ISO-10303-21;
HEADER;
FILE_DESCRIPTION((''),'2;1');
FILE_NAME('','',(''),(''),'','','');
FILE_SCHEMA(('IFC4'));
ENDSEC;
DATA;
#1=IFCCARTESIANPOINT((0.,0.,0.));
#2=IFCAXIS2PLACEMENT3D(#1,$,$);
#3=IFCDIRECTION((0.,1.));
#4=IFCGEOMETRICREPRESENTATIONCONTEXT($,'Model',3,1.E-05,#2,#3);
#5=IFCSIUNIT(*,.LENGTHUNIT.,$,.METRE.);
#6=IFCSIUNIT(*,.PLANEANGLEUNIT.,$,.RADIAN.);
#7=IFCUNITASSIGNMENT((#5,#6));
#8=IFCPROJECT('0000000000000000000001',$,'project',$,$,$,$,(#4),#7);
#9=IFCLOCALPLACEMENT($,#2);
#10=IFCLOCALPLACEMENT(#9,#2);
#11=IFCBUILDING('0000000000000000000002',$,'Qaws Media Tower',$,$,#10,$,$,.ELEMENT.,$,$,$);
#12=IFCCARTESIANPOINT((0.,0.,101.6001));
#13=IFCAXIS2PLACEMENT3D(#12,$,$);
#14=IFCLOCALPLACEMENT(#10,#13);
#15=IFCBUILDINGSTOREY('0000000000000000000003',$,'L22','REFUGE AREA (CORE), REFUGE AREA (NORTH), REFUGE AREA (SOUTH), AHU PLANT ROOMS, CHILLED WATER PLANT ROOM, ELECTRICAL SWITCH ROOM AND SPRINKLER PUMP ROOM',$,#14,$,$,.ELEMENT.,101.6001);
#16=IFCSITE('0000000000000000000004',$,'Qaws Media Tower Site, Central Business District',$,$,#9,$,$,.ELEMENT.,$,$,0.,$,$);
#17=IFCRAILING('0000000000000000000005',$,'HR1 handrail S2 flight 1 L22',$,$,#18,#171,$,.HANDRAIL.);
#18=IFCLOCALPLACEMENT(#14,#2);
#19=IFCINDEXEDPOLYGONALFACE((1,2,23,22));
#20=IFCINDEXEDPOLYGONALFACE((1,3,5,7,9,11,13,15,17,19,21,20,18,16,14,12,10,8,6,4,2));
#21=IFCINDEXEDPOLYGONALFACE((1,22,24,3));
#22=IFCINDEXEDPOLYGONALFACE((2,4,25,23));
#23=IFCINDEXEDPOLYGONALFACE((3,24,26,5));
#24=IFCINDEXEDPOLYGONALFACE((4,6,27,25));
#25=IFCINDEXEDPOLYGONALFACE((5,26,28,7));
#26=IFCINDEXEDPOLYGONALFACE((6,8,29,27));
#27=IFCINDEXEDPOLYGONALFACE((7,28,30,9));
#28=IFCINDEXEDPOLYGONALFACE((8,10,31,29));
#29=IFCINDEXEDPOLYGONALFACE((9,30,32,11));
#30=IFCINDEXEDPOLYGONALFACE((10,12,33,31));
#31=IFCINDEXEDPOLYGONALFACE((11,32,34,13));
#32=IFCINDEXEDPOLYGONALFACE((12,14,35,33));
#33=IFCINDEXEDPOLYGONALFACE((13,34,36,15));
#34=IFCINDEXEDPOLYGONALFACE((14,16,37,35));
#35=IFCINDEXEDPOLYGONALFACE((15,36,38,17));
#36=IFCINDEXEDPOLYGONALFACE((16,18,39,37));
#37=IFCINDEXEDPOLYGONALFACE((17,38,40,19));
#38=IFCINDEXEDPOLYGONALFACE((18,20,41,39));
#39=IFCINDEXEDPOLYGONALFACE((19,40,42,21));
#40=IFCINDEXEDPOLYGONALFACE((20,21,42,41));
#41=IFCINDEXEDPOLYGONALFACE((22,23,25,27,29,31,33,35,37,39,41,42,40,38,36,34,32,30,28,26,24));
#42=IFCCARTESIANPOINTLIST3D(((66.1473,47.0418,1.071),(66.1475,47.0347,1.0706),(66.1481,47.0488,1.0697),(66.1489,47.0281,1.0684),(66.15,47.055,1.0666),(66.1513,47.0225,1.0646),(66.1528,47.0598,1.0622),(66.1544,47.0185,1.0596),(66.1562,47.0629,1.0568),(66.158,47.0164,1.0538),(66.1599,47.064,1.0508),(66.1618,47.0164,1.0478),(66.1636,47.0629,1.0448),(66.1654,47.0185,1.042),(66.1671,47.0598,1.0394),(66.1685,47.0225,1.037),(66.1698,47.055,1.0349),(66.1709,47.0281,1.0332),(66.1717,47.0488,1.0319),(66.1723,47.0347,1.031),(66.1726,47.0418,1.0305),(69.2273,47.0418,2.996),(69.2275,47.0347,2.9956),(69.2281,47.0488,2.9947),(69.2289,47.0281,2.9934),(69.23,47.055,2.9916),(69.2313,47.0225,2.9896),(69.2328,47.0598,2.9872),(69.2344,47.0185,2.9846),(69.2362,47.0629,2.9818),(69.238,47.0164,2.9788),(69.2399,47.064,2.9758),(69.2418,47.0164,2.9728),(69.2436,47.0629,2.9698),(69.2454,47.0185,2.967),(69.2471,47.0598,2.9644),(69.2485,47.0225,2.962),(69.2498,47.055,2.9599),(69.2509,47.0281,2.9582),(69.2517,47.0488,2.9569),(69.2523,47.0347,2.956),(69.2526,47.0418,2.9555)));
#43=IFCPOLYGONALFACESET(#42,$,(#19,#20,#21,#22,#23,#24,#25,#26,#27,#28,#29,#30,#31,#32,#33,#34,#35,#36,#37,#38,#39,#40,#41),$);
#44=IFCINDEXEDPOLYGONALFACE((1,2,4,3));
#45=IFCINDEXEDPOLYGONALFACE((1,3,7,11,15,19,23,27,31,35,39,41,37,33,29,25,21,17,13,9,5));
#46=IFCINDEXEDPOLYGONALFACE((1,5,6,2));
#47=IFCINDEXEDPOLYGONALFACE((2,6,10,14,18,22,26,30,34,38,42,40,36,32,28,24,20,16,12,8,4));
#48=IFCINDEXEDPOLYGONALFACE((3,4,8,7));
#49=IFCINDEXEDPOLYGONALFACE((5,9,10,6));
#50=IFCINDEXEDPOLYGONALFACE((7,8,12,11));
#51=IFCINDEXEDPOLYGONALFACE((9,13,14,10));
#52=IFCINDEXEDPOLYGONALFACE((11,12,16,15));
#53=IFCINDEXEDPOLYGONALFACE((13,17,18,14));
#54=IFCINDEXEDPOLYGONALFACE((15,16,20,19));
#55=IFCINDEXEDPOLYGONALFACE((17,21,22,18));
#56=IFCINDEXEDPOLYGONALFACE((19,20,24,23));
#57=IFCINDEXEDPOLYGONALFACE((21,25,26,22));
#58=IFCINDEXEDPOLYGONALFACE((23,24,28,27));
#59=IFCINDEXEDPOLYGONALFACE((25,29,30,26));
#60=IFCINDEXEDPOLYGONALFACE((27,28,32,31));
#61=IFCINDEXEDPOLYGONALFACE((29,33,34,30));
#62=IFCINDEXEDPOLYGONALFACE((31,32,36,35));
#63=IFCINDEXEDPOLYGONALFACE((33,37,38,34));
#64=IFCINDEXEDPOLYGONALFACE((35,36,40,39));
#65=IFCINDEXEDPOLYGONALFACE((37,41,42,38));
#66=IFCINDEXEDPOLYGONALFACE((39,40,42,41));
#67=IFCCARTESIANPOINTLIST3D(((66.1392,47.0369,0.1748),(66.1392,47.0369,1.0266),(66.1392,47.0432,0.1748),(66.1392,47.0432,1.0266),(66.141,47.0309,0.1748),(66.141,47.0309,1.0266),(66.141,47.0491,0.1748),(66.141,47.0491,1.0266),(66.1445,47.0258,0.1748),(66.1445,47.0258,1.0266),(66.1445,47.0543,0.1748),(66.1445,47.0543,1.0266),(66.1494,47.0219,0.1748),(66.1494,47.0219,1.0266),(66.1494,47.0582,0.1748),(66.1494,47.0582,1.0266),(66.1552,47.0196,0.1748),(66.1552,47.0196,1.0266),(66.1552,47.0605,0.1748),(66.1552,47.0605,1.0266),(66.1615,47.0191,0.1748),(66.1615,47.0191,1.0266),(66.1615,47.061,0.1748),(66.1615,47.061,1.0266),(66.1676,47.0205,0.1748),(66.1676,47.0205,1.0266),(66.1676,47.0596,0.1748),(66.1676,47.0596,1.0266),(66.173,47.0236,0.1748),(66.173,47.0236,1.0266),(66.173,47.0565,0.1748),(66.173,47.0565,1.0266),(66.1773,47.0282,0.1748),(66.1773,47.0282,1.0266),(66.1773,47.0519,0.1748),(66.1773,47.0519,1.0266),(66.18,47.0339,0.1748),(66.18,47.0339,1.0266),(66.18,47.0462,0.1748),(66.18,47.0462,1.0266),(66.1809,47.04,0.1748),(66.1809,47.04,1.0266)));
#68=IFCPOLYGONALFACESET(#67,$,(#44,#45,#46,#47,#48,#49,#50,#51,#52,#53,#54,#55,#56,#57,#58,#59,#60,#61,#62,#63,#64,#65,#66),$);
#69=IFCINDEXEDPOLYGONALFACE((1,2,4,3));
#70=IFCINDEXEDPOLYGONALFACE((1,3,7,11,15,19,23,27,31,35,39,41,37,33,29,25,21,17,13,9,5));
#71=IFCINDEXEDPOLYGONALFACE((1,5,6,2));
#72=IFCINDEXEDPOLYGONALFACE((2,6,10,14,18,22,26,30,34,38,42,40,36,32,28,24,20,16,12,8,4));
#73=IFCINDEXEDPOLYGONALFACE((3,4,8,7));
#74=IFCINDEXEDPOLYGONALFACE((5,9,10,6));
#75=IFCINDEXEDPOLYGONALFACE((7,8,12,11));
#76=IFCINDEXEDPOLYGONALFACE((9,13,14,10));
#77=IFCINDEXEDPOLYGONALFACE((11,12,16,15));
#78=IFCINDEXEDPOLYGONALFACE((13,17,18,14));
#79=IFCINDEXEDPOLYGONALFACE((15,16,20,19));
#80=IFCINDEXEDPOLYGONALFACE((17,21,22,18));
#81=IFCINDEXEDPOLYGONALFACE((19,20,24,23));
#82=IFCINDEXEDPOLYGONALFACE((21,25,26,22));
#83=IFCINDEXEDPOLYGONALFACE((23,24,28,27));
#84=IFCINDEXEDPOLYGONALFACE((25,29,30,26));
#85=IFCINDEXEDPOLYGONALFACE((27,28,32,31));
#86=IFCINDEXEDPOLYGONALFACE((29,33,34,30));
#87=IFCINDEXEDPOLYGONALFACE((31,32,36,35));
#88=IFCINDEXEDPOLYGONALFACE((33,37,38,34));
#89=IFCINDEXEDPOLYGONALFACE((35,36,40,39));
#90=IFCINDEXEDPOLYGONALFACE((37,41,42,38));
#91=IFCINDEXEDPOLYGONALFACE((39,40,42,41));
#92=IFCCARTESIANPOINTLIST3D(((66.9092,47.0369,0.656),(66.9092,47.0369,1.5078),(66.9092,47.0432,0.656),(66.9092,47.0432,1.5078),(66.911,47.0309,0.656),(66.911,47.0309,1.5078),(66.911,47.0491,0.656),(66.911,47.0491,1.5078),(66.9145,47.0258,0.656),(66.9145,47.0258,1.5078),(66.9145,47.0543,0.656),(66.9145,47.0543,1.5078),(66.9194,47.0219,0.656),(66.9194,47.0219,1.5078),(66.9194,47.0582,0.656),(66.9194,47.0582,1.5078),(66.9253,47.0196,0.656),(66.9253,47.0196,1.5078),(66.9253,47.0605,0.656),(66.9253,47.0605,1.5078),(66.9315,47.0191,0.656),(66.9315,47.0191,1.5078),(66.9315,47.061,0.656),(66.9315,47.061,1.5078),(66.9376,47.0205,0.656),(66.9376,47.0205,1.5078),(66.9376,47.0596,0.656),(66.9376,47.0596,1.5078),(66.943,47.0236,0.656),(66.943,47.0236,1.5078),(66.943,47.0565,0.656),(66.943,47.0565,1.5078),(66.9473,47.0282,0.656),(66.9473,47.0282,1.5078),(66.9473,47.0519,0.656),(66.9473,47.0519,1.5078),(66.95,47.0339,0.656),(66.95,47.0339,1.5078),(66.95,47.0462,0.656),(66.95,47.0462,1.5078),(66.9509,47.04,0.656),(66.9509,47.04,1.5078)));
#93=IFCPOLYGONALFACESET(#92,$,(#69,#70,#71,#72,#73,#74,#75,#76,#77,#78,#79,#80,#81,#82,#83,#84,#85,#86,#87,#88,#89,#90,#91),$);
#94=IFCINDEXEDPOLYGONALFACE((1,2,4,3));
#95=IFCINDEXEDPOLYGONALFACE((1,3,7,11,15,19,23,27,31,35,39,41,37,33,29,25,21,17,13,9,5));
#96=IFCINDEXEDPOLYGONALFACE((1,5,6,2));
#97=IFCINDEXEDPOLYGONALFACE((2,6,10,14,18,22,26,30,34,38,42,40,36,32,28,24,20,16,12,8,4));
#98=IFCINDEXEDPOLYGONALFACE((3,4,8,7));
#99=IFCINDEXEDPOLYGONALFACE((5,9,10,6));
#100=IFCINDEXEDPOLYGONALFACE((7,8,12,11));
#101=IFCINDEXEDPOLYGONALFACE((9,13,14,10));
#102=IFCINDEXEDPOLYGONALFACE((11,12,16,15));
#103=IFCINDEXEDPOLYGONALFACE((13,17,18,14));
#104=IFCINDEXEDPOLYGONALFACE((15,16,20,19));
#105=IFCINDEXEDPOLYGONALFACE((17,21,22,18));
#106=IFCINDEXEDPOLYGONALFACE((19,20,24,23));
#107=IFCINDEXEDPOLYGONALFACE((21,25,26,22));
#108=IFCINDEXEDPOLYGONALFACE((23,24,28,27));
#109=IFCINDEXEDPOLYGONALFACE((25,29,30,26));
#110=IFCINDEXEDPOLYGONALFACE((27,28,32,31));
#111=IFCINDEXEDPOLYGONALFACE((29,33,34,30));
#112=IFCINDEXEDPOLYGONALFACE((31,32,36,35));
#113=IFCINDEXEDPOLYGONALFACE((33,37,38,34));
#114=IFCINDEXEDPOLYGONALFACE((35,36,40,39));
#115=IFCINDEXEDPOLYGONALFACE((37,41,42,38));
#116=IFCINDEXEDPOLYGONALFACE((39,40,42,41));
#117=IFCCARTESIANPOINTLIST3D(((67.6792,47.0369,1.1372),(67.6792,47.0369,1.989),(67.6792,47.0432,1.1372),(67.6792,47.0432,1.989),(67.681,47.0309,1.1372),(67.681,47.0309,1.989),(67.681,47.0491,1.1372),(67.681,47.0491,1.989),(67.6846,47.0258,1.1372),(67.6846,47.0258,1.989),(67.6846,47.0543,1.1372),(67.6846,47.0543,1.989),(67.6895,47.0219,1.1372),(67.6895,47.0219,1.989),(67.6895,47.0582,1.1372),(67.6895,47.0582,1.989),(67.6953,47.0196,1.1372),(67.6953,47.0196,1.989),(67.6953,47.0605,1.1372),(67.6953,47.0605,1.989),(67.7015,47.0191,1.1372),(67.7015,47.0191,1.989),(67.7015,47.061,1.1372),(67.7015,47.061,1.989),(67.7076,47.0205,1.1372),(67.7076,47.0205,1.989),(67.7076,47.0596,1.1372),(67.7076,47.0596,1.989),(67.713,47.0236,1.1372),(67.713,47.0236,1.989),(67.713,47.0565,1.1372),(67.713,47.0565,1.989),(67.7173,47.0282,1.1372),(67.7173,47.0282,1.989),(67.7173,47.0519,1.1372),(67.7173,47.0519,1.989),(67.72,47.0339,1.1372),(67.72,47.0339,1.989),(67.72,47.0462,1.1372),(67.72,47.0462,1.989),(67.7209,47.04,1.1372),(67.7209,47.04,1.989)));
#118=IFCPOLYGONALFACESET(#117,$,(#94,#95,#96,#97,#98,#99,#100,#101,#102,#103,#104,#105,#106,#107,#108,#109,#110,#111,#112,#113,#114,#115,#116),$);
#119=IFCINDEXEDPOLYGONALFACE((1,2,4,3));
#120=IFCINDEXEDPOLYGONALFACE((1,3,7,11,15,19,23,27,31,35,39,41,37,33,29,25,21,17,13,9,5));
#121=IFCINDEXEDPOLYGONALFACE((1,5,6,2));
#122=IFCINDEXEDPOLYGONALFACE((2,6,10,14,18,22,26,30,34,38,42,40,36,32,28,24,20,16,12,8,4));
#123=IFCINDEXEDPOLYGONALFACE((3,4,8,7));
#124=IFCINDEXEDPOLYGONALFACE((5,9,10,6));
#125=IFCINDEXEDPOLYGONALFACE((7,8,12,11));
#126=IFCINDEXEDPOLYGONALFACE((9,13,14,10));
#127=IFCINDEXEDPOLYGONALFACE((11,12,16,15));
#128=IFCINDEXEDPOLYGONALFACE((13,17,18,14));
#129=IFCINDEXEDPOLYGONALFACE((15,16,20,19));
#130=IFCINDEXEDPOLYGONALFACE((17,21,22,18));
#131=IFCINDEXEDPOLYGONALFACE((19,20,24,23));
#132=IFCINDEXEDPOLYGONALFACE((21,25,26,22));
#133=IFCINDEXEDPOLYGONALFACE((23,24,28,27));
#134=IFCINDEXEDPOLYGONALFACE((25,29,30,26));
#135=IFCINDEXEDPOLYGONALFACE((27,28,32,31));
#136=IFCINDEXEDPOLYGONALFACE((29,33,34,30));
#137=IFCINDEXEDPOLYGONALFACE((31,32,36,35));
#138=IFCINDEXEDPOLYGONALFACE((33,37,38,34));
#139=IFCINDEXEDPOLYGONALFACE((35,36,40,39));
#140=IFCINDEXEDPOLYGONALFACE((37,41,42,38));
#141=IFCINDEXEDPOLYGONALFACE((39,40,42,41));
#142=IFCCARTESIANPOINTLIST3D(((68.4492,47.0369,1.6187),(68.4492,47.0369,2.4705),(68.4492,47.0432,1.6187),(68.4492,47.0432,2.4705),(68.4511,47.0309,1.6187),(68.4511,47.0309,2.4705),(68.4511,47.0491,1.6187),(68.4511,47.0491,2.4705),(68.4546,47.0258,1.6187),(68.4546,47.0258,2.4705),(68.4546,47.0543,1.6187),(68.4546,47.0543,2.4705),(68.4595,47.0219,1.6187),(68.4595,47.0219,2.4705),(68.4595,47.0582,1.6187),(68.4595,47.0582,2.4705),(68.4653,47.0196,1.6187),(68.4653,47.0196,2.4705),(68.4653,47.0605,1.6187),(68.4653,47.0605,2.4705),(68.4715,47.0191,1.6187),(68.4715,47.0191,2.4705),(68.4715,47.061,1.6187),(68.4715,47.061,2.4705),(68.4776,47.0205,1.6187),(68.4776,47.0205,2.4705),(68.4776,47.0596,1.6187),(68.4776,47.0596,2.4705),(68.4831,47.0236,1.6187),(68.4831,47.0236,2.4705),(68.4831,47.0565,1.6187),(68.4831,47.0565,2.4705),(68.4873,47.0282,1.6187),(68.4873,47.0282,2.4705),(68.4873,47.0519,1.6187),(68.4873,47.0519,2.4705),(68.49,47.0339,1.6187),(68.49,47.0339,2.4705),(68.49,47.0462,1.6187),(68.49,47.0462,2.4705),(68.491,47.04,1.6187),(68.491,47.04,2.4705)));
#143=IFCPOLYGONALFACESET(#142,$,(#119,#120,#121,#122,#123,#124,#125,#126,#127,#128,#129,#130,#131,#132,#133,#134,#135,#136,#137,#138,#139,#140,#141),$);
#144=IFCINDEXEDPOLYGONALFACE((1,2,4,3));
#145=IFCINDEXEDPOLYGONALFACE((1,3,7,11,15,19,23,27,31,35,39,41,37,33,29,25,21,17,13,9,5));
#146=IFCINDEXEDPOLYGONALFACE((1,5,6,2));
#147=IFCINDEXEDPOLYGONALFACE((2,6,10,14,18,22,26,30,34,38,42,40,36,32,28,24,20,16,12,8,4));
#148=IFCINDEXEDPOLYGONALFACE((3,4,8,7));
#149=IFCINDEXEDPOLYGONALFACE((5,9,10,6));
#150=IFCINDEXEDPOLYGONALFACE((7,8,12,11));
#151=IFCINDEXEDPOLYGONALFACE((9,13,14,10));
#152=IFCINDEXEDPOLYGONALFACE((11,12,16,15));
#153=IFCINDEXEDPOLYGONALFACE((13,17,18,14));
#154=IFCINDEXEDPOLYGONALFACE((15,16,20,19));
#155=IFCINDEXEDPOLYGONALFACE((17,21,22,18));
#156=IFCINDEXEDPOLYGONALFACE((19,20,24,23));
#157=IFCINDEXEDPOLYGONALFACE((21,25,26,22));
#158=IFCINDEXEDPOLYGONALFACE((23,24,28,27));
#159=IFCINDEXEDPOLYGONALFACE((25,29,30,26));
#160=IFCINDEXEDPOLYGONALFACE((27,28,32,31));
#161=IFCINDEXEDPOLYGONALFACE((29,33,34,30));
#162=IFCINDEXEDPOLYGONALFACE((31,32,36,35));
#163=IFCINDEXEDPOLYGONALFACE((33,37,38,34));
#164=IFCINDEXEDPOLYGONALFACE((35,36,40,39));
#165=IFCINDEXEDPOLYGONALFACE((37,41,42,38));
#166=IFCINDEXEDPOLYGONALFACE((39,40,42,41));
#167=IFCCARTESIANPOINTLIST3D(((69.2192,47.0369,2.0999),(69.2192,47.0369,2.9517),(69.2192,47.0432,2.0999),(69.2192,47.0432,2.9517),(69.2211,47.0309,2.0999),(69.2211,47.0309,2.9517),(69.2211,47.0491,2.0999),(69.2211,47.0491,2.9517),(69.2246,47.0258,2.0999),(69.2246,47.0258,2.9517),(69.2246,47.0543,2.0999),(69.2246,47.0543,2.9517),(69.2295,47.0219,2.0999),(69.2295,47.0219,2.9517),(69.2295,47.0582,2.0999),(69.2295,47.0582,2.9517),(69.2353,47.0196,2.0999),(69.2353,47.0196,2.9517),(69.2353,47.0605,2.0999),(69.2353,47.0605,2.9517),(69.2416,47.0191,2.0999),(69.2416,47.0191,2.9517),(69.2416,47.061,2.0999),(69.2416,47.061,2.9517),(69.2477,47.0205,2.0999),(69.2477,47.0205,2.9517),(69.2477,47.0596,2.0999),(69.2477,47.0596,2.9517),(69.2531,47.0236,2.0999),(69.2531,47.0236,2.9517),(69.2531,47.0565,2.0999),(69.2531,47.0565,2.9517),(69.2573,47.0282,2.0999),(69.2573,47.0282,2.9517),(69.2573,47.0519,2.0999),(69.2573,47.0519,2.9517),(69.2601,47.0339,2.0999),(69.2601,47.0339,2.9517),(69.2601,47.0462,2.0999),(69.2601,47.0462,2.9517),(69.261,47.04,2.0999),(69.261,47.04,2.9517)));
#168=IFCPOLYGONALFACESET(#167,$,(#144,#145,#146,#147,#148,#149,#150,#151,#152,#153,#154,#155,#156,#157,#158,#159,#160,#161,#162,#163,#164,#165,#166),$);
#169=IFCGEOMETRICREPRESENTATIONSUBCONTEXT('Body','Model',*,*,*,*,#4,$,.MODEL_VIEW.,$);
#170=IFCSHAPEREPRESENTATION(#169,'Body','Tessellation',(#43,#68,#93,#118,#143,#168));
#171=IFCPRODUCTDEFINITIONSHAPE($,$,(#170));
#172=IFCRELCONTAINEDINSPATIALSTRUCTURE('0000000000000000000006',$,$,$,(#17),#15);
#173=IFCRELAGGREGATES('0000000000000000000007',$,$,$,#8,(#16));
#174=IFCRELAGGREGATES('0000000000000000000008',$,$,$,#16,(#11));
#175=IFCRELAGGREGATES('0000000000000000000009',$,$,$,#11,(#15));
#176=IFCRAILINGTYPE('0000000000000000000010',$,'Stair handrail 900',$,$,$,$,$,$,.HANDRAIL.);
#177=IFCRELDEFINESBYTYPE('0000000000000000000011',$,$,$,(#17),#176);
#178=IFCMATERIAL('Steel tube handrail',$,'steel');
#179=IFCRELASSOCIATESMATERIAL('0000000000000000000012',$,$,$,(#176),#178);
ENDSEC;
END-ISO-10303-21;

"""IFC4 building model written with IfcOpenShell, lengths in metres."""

from ifc_helpers import new_model, si_unit, direction, frame, origin, origin_2d, place, context, subcontext, project, spatial, circle, extrude, material, type_object, element, save


model = new_model("IFC4")

# Units and contexts
model_context = context("Model", 3, precision=1e-05, world=origin(), true_north=direction((0.0, 1.0)))
body_context = subcontext(model_context, "Body", "Model", "MODEL_VIEW")
ifc_project = project(units=[si_unit("LENGTHUNIT", "METRE"), si_unit("PLANEANGLEUNIT", "RADIAN")], contexts=[model_context])

# Site, building, storey
site_placement = place(None, origin())
site = spatial("IfcSite", under=ifc_project, at=site_placement, Name="Qaws Media Tower Site, Central Business District", CompositionType="ELEMENT", RefElevation=0.0)
building_placement = place(site_placement, origin())
building = spatial("IfcBuilding", under=site, at=building_placement, Name="Qaws Media Tower", CompositionType="ELEMENT")
storey_placement = place(building_placement, frame((0.0, 0.0, 101.6001)))
storey = spatial("IfcBuildingStorey", under=building, at=storey_placement, Name="L22", Description="REFUGE AREA (CORE), REFUGE AREA (NORTH), REFUGE AREA (SOUTH), AHU PLANT ROOMS, CHILLED WATER PLANT ROOM, ELECTRICAL SWITCH ROOM AND SPRINKLER PUMP ROOM", CompositionType="ELEMENT", Elevation=101.6001)

# Railing
ifc_material_1 = material(Name="Steel tube handrail", Category="steel")
railing_type = type_object("IfcRailingType", Name="Stair handrail 900", PredefinedType="HANDRAIL", material=ifc_material_1)
for number, where, name in (
    (1, (66.1599, 47.04, 0.1748), "HR1 handrail S2 flight 1 L22"),
):
    element("IfcRailing", number, at=place(storey_placement, frame(where)), inside=storey, type_object=railing_type, Name=name, PredefinedType="HANDRAIL", context=body_context, shape_type="SweptSolid", body=[
        extrude(circle(Radius=0.0239, at=origin_2d()), frame((0.0, 0.0, 0.876), z_axis=(0.847998, 0.0, 0.529999), x_axis=(0.0, 1.0, 0.0)), (0.0, 0.0, 1.0), 3.6321),
        extrude(circle(Radius=0.021, at=origin_2d()), origin(), (0.0, 0.0, 1.0), 0.8518),
        extrude(circle(Radius=0.021, at=origin_2d()), frame((0.77, 0.0, 0.4812)), (0.0, 0.0, 1.0), 0.8518),
        extrude(circle(Radius=0.021, at=origin_2d()), frame((1.54, 0.0, 0.9624)), (0.0, 0.0, 1.0), 0.8518),
        extrude(circle(Radius=0.021, at=origin_2d()), frame((2.3101, 0.0, 1.4438)), (0.0, 0.0, 1.0), 0.8518),
        extrude(circle(Radius=0.021, at=origin_2d()), frame((3.0801, 0.0, 1.925)), (0.0, 0.0, 1.0), 0.8518),
    ])

save(model, "model.ifc")
